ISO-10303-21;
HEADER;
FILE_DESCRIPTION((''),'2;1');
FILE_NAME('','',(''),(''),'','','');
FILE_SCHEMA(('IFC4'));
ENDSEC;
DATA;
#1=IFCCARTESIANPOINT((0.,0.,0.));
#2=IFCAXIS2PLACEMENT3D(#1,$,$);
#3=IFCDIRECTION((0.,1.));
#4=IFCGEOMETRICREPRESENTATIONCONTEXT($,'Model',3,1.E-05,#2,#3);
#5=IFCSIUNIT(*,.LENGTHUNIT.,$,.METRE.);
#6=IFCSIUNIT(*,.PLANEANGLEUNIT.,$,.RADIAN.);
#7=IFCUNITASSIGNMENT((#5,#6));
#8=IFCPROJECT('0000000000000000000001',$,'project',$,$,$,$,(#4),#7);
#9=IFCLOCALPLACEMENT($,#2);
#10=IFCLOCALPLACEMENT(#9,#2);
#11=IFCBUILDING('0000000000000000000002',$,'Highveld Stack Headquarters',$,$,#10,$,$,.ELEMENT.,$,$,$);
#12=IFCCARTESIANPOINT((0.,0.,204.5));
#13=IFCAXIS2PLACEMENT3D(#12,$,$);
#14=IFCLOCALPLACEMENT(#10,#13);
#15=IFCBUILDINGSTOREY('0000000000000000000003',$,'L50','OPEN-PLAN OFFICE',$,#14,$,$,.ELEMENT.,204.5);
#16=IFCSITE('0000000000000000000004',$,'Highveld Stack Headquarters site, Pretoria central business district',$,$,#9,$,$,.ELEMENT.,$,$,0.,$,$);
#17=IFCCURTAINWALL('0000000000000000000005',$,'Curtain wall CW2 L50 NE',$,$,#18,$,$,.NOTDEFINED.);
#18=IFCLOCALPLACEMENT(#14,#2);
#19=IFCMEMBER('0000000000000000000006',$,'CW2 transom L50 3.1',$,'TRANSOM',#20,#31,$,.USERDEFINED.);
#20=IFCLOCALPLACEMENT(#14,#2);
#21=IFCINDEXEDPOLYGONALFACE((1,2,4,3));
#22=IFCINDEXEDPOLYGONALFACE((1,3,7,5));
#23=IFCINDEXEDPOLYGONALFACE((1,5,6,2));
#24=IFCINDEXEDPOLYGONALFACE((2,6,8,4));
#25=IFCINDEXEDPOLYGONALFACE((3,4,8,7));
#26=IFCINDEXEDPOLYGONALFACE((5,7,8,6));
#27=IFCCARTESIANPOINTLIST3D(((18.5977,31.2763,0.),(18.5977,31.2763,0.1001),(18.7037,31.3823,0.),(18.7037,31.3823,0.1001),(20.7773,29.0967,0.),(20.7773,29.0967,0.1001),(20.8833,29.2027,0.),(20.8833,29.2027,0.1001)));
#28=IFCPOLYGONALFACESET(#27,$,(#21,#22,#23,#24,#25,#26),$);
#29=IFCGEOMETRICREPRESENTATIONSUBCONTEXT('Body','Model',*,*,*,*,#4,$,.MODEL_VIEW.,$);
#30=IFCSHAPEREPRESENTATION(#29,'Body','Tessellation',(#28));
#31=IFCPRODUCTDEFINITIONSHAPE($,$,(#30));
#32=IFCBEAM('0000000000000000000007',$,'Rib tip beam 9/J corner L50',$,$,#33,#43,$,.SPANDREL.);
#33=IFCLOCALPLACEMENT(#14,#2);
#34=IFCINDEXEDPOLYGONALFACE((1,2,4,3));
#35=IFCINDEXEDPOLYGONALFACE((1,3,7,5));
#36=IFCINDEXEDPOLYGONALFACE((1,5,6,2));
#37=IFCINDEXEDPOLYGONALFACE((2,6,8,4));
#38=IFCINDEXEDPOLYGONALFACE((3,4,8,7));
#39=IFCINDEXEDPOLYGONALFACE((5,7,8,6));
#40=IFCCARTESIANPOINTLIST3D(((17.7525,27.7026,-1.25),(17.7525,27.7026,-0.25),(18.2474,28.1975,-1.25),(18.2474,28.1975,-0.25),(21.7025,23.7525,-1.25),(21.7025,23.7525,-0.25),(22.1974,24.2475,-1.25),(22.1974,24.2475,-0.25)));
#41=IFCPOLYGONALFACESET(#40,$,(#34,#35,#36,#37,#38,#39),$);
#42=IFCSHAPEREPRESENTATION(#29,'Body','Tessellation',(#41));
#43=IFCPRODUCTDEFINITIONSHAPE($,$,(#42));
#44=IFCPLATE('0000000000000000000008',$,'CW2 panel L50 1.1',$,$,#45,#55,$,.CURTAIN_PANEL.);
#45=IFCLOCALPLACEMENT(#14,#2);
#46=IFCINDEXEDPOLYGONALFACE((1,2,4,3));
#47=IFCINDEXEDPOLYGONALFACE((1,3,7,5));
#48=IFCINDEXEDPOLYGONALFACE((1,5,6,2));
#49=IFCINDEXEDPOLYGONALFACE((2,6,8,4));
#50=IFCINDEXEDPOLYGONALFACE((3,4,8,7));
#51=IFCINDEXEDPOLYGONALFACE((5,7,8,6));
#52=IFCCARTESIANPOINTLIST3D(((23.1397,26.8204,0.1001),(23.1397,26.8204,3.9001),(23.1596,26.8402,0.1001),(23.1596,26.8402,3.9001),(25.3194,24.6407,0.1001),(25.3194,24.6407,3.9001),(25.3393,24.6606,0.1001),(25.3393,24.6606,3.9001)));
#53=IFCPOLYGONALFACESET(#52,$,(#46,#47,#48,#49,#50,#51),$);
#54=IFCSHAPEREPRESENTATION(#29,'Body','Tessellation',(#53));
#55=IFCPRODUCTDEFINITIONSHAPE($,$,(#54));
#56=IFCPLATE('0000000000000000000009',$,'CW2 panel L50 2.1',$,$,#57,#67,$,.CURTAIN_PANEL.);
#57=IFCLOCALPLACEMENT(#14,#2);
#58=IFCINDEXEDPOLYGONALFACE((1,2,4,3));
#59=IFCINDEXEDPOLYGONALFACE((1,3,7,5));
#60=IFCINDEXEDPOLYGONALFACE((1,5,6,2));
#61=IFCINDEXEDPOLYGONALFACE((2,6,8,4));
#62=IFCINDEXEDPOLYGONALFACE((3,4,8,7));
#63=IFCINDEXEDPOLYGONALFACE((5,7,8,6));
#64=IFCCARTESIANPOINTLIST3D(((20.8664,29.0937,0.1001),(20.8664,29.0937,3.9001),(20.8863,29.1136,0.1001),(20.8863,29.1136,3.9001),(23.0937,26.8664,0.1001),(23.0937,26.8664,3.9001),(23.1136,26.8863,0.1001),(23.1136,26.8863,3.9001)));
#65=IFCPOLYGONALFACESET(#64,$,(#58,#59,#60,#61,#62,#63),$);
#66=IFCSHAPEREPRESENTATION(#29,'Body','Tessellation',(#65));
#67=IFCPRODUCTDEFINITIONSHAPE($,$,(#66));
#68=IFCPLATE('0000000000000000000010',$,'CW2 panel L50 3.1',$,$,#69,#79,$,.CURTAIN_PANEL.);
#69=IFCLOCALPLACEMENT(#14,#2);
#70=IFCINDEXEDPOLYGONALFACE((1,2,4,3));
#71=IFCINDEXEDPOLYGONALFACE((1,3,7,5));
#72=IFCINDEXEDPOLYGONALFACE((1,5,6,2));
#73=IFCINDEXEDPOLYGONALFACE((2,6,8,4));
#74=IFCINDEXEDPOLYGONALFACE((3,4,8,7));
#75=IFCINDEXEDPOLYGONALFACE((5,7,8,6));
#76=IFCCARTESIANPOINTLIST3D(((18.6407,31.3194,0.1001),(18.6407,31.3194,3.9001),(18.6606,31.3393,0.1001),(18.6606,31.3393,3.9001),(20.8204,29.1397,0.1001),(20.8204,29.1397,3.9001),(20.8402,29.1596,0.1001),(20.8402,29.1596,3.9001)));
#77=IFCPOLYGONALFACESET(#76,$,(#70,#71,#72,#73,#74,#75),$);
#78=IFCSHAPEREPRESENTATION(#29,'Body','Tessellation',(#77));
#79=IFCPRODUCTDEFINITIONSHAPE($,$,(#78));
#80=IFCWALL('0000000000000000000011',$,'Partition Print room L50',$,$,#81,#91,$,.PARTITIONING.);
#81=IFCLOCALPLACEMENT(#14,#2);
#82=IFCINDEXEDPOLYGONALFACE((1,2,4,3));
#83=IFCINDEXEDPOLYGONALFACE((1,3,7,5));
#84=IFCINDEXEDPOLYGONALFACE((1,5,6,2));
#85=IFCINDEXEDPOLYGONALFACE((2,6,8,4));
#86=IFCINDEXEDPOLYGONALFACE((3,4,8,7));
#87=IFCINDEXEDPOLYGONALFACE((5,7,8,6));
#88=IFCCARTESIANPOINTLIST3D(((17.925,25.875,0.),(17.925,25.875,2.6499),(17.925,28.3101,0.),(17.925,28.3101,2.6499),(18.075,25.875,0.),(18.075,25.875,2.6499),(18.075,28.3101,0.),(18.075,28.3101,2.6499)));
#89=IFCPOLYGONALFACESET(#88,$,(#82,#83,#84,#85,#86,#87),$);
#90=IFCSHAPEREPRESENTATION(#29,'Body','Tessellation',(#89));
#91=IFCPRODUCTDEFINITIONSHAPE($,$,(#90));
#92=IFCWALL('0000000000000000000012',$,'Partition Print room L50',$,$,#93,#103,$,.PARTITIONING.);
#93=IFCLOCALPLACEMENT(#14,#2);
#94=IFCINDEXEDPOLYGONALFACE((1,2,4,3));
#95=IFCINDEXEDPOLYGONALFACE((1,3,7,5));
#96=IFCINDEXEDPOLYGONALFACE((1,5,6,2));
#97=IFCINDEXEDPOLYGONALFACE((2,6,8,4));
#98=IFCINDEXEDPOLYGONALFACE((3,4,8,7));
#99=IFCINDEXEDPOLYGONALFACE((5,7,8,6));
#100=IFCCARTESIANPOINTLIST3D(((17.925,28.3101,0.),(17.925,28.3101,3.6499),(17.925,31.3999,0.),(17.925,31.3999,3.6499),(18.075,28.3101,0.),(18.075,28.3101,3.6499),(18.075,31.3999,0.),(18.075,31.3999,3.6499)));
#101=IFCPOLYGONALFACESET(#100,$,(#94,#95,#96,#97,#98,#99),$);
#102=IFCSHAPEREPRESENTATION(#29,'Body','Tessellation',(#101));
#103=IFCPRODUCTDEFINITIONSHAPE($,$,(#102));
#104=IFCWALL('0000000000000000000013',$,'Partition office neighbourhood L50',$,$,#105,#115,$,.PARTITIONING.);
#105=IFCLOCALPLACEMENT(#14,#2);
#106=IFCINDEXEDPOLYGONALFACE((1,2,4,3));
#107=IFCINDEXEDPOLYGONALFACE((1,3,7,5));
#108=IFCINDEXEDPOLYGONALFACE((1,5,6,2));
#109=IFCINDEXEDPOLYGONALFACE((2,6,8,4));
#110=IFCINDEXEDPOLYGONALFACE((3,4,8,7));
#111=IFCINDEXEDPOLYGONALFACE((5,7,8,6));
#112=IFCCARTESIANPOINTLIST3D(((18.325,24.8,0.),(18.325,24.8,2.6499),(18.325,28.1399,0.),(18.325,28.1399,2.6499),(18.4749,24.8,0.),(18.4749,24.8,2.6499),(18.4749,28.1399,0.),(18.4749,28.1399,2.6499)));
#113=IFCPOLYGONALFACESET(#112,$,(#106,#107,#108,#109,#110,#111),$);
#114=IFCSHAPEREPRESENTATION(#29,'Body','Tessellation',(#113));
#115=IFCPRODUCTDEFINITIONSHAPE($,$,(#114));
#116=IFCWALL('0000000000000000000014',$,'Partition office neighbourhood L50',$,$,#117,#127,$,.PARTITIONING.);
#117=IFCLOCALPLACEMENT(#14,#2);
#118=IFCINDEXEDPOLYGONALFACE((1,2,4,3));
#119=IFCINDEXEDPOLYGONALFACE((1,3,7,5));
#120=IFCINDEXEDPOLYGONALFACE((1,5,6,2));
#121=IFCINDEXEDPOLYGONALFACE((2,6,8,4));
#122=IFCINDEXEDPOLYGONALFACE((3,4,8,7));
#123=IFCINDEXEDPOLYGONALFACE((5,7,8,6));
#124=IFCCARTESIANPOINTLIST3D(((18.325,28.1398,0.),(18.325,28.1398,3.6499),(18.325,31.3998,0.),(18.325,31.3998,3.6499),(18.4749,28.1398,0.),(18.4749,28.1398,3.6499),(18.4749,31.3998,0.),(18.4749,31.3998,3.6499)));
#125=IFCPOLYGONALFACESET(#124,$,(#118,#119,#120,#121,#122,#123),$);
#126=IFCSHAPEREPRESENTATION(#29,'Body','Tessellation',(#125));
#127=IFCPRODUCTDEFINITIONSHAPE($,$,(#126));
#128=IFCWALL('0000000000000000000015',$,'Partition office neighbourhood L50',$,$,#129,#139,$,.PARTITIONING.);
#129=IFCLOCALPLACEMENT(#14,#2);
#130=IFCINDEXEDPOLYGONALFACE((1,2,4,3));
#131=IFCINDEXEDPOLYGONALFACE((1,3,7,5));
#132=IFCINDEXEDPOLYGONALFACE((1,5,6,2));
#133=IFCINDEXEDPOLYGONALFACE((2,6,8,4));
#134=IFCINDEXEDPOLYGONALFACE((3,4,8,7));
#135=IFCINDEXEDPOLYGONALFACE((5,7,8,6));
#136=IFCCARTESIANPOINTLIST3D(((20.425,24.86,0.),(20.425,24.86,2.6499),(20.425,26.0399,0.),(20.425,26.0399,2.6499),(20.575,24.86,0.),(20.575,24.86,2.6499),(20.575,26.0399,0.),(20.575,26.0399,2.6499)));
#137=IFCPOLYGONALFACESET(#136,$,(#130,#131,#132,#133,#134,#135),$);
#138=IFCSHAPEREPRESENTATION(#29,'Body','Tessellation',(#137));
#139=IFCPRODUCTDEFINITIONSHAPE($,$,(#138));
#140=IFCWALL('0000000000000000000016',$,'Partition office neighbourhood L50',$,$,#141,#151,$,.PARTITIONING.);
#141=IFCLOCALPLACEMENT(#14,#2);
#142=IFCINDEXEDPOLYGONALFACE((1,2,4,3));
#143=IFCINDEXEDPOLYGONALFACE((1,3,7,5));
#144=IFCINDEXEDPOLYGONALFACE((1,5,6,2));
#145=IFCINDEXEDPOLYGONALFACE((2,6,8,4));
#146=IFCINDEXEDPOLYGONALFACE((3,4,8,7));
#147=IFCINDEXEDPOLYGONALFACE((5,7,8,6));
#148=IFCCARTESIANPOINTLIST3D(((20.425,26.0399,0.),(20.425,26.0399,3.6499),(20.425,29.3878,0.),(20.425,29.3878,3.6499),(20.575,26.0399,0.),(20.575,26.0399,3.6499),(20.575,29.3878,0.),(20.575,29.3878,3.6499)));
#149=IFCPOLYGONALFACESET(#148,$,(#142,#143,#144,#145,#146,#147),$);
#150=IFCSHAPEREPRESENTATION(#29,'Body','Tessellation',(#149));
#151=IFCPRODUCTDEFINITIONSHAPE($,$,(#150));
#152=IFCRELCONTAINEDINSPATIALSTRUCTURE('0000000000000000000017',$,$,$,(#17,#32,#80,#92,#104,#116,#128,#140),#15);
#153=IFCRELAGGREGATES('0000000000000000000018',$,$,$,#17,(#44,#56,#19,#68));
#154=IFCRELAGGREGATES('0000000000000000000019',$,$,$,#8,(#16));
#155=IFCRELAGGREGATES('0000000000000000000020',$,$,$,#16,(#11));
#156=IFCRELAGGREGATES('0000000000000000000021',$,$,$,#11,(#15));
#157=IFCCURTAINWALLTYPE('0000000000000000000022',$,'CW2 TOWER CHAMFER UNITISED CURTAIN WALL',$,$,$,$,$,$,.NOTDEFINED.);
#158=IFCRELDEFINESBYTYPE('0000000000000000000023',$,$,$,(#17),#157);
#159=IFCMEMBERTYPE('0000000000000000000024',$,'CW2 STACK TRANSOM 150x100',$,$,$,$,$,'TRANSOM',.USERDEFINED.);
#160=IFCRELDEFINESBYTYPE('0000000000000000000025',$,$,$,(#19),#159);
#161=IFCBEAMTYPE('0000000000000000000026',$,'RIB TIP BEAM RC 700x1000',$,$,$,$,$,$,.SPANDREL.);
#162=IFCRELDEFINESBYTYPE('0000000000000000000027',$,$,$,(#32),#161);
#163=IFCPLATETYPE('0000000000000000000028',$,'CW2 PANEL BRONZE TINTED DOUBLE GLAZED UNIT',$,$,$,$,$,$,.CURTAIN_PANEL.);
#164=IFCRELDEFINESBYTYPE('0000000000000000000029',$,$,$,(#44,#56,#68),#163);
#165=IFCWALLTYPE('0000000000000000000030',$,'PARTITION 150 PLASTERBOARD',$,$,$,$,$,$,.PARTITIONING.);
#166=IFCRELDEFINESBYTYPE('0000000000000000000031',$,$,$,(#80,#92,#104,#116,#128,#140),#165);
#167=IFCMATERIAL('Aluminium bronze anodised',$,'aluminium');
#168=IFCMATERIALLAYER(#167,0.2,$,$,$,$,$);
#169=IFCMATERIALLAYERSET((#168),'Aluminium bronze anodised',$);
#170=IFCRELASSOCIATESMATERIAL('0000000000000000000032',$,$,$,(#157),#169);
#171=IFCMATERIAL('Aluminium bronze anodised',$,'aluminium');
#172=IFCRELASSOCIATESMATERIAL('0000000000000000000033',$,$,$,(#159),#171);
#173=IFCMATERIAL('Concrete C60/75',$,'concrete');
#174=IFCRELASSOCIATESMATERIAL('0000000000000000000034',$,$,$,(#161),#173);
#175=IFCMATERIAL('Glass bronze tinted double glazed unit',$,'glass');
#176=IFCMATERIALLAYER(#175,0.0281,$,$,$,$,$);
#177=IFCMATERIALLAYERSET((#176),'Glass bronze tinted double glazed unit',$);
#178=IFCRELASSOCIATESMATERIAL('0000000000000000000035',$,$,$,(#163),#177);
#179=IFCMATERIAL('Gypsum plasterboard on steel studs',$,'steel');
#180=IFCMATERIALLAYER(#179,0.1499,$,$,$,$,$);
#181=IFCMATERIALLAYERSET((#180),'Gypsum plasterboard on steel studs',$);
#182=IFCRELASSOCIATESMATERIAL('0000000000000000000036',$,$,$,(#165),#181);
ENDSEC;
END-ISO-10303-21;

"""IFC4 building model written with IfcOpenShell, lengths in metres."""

from ifc_helpers import new_model, si_unit, direction, frame, frame_2d, origin, origin_2d, place, context, subcontext, project, spatial, rectangle, extrude, material, layer, layer_set, material_profile, profile_set, type_object, element, aggregate, save


model = new_model("IFC4")

# Units and contexts
model_context = context("Model", 3, precision=1e-05, world=origin(), true_north=direction((0.0, 1.0)))
body_context = subcontext(model_context, "Body", "Model", "MODEL_VIEW")
ifc_project = project(units=[si_unit("LENGTHUNIT", "METRE"), si_unit("PLANEANGLEUNIT", "RADIAN")], contexts=[model_context])

# Site, building, storey
site_placement = place(None, origin())
site = spatial("IfcSite", under=ifc_project, at=site_placement, Name="Highveld Stack Headquarters site, Pretoria central business district", CompositionType="ELEMENT", RefElevation=0.0)
building_placement = place(site_placement, origin())
building = spatial("IfcBuilding", under=site, at=building_placement, Name="Highveld Stack Headquarters", CompositionType="ELEMENT")
storey_placement = place(building_placement, frame((0.0, 0.0, 204.5)))
storey = spatial("IfcBuildingStorey", under=building, at=storey_placement, Name="L50", Description="OPEN-PLAN OFFICE", CompositionType="ELEMENT", Elevation=204.5)

# Curtain wall, member
ifc_material_1 = material(Name="Aluminium bronze anodised", Category="aluminium")
ifc_layer_1 = layer(ifc_material_1, 0.2)
ifc_layer_set_1 = layer_set([ifc_layer_1], Name="Aluminium bronze anodised")
curtain_wall_type_1 = type_object("IfcCurtainWallType", Name="CW2 TOWER CHAMFER UNITISED CURTAIN WALL", PredefinedType="NOTDEFINED", material=ifc_layer_set_1)
curtain_wall_1_placement = place(storey_placement, origin())
curtain_wall_1 = element("IfcCurtainWall", 1, at=curtain_wall_1_placement, inside=storey, type_object=curtain_wall_type_1, Name="Curtain wall CW2 L50 NE", PredefinedType="NOTDEFINED")
ifc_material_2 = material(Name="Aluminium bronze anodised", Category="aluminium")
ifc_material_profile_1 = material_profile(ifc_material_2, rectangle(XDim=0.1499, YDim=0.1001, at=origin_2d()), Name="CW2 TRANSOM 150x100")
ifc_profile_set_1 = profile_set([ifc_material_profile_1], Name="Aluminium bronze anodised")
member_type_1 = type_object("IfcMemberType", Name="CW2 STACK TRANSOM 150x100", ElementType="TRANSOM", PredefinedType="USERDEFINED", material=ifc_profile_set_1)
member_1_placement = place(storey_placement, frame((20.8303, 29.1497, 0.05), z_axis=(-0.707107, 0.707107, 0.0), x_axis=(-0.707107, -0.707107, 0.0)))
member_1 = element("IfcMember", 2, at=member_1_placement, type_object=member_type_1, Name="CW2 transom L50 3.1", ObjectType="TRANSOM", PredefinedType="USERDEFINED", context=body_context, shape_type="SweptSolid", body=[
    extrude(rectangle(XDim=0.1499, YDim=0.1001, at=origin_2d()), origin(), (0.0, 0.0, 1.0), 3.0825),
])

# Beam
ifc_material_3 = material(Name="Concrete C60/75", Category="concrete")
ifc_material_profile_2 = material_profile(ifc_material_3, rectangle(XDim=0.7, YDim=1.0, at=origin_2d()), Name="RC 700x1000")
ifc_profile_set_2 = profile_set([ifc_material_profile_2], Name="Concrete C60/75")
beam_type_1 = type_object("IfcBeamType", Name="RIB TIP BEAM RC 700x1000", PredefinedType="SPANDREL", material=ifc_profile_set_2)
beam_1_placement = place(storey_placement, frame((21.95, 24.0, -0.75), z_axis=(-0.707107, 0.707107, 0.0), x_axis=(-0.707107, -0.707107, 0.0)))
element("IfcBeam", 3, at=beam_1_placement, inside=storey, type_object=beam_type_1, Name="Rib tip beam 9/J corner L50", PredefinedType="SPANDREL", context=body_context, shape_type="SweptSolid", body=[
    extrude(rectangle(XDim=0.7, YDim=1.0, at=origin_2d()), origin(), (0.0, 0.0, 1.0), 5.5862),
])

# Plates
ifc_material_4 = material(Name="Glass bronze tinted double glazed unit", Category="glass")
ifc_layer_2 = layer(ifc_material_4, 0.0281)
ifc_layer_set_2 = layer_set([ifc_layer_2], Name="Glass bronze tinted double glazed unit")
plate_type = type_object("IfcPlateType", Name="CW2 PANEL BRONZE TINTED DOUBLE GLAZED UNIT", PredefinedType="CURTAIN_PANEL", material=ifc_layer_set_2)
plate_1_placement = place(storey_placement, frame((24.2395, 25.7405, 0.1001), z_axis=(0.0, 0.0, 1.0), x_axis=(-0.707107, 0.707107, 0.0)))
plate_1 = element("IfcPlate", 4, at=plate_1_placement, type_object=plate_type, Name="CW2 panel L50 1.1", PredefinedType="CURTAIN_PANEL", context=body_context, shape_type="SweptSolid", body=[
    extrude(rectangle(XDim=3.0825, YDim=0.0281, at=origin_2d()), origin(), (0.0, 0.0, 1.0), 3.8),
])
plate_2_placement = place(storey_placement, frame((21.99, 27.99, 0.1001), z_axis=(0.0, 0.0, 1.0), x_axis=(-0.707107, 0.707107, 0.0)))
plate_2 = element("IfcPlate", 5, at=plate_2_placement, type_object=plate_type, Name="CW2 panel L50 2.1", PredefinedType="CURTAIN_PANEL", context=body_context, shape_type="SweptSolid", body=[
    extrude(rectangle(XDim=3.1499, YDim=0.0281, at=origin_2d()), origin(), (0.0, 0.0, 1.0), 3.8),
])
plate_3_placement = place(storey_placement, frame((19.7405, 30.2395, 0.1001), z_axis=(0.0, 0.0, 1.0), x_axis=(-0.707107, 0.707107, 0.0)))
plate_3 = element("IfcPlate", 6, at=plate_3_placement, type_object=plate_type, Name="CW2 panel L50 3.1", PredefinedType="CURTAIN_PANEL", context=body_context, shape_type="SweptSolid", body=[
    extrude(rectangle(XDim=3.0825, YDim=0.0281, at=origin_2d()), origin(), (0.0, 0.0, 1.0), 3.8),
])
aggregate(curtain_wall_1, [plate_1, plate_2, member_1, plate_3])

# Walls
ifc_material_5 = material(Name="Gypsum plasterboard on steel studs", Category="steel")
ifc_layer_3 = layer(ifc_material_5, 0.1499)
ifc_layer_set_3 = layer_set([ifc_layer_3], Name="Gypsum plasterboard on steel studs")
wall_type = type_object("IfcWallType", Name="PARTITION 150 PLASTERBOARD", PredefinedType="PARTITIONING", material=ifc_layer_set_3)
wall_1_placement = place(storey_placement, frame((18.0, 25.875, 0.0), z_axis=(0.0, 0.0, 1.0), x_axis=(0.0, 1.0, 0.0)))
element("IfcWall", 7, at=wall_1_placement, inside=storey, type_object=wall_type, Name="Partition Print room L50", PredefinedType="PARTITIONING", context=body_context, shape_type="SweptSolid", body=[
    extrude(rectangle(XDim=2.4351, YDim=0.1499, at=frame_2d((1.2175, 0.0))), origin(), (0.0, 0.0, 1.0), 2.6499),
])
wall_2_placement = place(storey_placement, frame((18.0, 28.3101, 0.0), z_axis=(0.0, 0.0, 1.0), x_axis=(0.0, 1.0, 0.0)))
element("IfcWall", 8, at=wall_2_placement, inside=storey, type_object=wall_type, Name="Partition Print room L50", PredefinedType="PARTITIONING", context=body_context, shape_type="SweptSolid", body=[
    extrude(rectangle(XDim=3.0898, YDim=0.1499, at=frame_2d((1.5449, 0.0))), origin(), (0.0, 0.0, 1.0), 3.6499),
])
wall_3_placement = place(storey_placement, frame((18.3999, 24.8, 0.0), z_axis=(0.0, 0.0, 1.0), x_axis=(0.0, 1.0, 0.0)))
element("IfcWall", 9, at=wall_3_placement, inside=storey, type_object=wall_type, Name="Partition office neighbourhood L50", PredefinedType="PARTITIONING", context=body_context, shape_type="SweptSolid", body=[
    extrude(rectangle(XDim=3.3398, YDim=0.1499, at=frame_2d((1.6699, 0.0))), origin(), (0.0, 0.0, 1.0), 2.6499),
])
wall_4_placement = place(storey_placement, frame((18.3999, 28.1399, 0.0), z_axis=(0.0, 0.0, 1.0), x_axis=(0.0, 1.0, 0.0)))
element("IfcWall", 10, at=wall_4_placement, inside=storey, type_object=wall_type, Name="Partition office neighbourhood L50", PredefinedType="PARTITIONING", context=body_context, shape_type="SweptSolid", body=[
    extrude(rectangle(XDim=3.26, YDim=0.1499, at=frame_2d((1.6299, 0.0))), origin(), (0.0, 0.0, 1.0), 3.6499),
])
wall_5_placement = place(storey_placement, frame((20.5, 24.8601, 0.0), z_axis=(0.0, 0.0, 1.0), x_axis=(0.0, 1.0, 0.0)))
element("IfcWall", 11, at=wall_5_placement, inside=storey, type_object=wall_type, Name="Partition office neighbourhood L50", PredefinedType="PARTITIONING", context=body_context, shape_type="SweptSolid", body=[
    extrude(rectangle(XDim=1.1799, YDim=0.1499, at=frame_2d((0.5898, 0.0))), origin(), (0.0, 0.0, 1.0), 2.6499),
])
wall_6_placement = place(storey_placement, frame((20.5, 26.04, 0.0), z_axis=(0.0, 0.0, 1.0), x_axis=(0.0, 1.0, 0.0)))
element("IfcWall", 12, at=wall_6_placement, inside=storey, type_object=wall_type, Name="Partition office neighbourhood L50", PredefinedType="PARTITIONING", context=body_context, shape_type="SweptSolid", body=[
    extrude(rectangle(XDim=3.3479, YDim=0.1499, at=frame_2d((1.6738, 0.0))), origin(), (0.0, 0.0, 1.0), 3.6499),
])

save(model, "model.ifc")
